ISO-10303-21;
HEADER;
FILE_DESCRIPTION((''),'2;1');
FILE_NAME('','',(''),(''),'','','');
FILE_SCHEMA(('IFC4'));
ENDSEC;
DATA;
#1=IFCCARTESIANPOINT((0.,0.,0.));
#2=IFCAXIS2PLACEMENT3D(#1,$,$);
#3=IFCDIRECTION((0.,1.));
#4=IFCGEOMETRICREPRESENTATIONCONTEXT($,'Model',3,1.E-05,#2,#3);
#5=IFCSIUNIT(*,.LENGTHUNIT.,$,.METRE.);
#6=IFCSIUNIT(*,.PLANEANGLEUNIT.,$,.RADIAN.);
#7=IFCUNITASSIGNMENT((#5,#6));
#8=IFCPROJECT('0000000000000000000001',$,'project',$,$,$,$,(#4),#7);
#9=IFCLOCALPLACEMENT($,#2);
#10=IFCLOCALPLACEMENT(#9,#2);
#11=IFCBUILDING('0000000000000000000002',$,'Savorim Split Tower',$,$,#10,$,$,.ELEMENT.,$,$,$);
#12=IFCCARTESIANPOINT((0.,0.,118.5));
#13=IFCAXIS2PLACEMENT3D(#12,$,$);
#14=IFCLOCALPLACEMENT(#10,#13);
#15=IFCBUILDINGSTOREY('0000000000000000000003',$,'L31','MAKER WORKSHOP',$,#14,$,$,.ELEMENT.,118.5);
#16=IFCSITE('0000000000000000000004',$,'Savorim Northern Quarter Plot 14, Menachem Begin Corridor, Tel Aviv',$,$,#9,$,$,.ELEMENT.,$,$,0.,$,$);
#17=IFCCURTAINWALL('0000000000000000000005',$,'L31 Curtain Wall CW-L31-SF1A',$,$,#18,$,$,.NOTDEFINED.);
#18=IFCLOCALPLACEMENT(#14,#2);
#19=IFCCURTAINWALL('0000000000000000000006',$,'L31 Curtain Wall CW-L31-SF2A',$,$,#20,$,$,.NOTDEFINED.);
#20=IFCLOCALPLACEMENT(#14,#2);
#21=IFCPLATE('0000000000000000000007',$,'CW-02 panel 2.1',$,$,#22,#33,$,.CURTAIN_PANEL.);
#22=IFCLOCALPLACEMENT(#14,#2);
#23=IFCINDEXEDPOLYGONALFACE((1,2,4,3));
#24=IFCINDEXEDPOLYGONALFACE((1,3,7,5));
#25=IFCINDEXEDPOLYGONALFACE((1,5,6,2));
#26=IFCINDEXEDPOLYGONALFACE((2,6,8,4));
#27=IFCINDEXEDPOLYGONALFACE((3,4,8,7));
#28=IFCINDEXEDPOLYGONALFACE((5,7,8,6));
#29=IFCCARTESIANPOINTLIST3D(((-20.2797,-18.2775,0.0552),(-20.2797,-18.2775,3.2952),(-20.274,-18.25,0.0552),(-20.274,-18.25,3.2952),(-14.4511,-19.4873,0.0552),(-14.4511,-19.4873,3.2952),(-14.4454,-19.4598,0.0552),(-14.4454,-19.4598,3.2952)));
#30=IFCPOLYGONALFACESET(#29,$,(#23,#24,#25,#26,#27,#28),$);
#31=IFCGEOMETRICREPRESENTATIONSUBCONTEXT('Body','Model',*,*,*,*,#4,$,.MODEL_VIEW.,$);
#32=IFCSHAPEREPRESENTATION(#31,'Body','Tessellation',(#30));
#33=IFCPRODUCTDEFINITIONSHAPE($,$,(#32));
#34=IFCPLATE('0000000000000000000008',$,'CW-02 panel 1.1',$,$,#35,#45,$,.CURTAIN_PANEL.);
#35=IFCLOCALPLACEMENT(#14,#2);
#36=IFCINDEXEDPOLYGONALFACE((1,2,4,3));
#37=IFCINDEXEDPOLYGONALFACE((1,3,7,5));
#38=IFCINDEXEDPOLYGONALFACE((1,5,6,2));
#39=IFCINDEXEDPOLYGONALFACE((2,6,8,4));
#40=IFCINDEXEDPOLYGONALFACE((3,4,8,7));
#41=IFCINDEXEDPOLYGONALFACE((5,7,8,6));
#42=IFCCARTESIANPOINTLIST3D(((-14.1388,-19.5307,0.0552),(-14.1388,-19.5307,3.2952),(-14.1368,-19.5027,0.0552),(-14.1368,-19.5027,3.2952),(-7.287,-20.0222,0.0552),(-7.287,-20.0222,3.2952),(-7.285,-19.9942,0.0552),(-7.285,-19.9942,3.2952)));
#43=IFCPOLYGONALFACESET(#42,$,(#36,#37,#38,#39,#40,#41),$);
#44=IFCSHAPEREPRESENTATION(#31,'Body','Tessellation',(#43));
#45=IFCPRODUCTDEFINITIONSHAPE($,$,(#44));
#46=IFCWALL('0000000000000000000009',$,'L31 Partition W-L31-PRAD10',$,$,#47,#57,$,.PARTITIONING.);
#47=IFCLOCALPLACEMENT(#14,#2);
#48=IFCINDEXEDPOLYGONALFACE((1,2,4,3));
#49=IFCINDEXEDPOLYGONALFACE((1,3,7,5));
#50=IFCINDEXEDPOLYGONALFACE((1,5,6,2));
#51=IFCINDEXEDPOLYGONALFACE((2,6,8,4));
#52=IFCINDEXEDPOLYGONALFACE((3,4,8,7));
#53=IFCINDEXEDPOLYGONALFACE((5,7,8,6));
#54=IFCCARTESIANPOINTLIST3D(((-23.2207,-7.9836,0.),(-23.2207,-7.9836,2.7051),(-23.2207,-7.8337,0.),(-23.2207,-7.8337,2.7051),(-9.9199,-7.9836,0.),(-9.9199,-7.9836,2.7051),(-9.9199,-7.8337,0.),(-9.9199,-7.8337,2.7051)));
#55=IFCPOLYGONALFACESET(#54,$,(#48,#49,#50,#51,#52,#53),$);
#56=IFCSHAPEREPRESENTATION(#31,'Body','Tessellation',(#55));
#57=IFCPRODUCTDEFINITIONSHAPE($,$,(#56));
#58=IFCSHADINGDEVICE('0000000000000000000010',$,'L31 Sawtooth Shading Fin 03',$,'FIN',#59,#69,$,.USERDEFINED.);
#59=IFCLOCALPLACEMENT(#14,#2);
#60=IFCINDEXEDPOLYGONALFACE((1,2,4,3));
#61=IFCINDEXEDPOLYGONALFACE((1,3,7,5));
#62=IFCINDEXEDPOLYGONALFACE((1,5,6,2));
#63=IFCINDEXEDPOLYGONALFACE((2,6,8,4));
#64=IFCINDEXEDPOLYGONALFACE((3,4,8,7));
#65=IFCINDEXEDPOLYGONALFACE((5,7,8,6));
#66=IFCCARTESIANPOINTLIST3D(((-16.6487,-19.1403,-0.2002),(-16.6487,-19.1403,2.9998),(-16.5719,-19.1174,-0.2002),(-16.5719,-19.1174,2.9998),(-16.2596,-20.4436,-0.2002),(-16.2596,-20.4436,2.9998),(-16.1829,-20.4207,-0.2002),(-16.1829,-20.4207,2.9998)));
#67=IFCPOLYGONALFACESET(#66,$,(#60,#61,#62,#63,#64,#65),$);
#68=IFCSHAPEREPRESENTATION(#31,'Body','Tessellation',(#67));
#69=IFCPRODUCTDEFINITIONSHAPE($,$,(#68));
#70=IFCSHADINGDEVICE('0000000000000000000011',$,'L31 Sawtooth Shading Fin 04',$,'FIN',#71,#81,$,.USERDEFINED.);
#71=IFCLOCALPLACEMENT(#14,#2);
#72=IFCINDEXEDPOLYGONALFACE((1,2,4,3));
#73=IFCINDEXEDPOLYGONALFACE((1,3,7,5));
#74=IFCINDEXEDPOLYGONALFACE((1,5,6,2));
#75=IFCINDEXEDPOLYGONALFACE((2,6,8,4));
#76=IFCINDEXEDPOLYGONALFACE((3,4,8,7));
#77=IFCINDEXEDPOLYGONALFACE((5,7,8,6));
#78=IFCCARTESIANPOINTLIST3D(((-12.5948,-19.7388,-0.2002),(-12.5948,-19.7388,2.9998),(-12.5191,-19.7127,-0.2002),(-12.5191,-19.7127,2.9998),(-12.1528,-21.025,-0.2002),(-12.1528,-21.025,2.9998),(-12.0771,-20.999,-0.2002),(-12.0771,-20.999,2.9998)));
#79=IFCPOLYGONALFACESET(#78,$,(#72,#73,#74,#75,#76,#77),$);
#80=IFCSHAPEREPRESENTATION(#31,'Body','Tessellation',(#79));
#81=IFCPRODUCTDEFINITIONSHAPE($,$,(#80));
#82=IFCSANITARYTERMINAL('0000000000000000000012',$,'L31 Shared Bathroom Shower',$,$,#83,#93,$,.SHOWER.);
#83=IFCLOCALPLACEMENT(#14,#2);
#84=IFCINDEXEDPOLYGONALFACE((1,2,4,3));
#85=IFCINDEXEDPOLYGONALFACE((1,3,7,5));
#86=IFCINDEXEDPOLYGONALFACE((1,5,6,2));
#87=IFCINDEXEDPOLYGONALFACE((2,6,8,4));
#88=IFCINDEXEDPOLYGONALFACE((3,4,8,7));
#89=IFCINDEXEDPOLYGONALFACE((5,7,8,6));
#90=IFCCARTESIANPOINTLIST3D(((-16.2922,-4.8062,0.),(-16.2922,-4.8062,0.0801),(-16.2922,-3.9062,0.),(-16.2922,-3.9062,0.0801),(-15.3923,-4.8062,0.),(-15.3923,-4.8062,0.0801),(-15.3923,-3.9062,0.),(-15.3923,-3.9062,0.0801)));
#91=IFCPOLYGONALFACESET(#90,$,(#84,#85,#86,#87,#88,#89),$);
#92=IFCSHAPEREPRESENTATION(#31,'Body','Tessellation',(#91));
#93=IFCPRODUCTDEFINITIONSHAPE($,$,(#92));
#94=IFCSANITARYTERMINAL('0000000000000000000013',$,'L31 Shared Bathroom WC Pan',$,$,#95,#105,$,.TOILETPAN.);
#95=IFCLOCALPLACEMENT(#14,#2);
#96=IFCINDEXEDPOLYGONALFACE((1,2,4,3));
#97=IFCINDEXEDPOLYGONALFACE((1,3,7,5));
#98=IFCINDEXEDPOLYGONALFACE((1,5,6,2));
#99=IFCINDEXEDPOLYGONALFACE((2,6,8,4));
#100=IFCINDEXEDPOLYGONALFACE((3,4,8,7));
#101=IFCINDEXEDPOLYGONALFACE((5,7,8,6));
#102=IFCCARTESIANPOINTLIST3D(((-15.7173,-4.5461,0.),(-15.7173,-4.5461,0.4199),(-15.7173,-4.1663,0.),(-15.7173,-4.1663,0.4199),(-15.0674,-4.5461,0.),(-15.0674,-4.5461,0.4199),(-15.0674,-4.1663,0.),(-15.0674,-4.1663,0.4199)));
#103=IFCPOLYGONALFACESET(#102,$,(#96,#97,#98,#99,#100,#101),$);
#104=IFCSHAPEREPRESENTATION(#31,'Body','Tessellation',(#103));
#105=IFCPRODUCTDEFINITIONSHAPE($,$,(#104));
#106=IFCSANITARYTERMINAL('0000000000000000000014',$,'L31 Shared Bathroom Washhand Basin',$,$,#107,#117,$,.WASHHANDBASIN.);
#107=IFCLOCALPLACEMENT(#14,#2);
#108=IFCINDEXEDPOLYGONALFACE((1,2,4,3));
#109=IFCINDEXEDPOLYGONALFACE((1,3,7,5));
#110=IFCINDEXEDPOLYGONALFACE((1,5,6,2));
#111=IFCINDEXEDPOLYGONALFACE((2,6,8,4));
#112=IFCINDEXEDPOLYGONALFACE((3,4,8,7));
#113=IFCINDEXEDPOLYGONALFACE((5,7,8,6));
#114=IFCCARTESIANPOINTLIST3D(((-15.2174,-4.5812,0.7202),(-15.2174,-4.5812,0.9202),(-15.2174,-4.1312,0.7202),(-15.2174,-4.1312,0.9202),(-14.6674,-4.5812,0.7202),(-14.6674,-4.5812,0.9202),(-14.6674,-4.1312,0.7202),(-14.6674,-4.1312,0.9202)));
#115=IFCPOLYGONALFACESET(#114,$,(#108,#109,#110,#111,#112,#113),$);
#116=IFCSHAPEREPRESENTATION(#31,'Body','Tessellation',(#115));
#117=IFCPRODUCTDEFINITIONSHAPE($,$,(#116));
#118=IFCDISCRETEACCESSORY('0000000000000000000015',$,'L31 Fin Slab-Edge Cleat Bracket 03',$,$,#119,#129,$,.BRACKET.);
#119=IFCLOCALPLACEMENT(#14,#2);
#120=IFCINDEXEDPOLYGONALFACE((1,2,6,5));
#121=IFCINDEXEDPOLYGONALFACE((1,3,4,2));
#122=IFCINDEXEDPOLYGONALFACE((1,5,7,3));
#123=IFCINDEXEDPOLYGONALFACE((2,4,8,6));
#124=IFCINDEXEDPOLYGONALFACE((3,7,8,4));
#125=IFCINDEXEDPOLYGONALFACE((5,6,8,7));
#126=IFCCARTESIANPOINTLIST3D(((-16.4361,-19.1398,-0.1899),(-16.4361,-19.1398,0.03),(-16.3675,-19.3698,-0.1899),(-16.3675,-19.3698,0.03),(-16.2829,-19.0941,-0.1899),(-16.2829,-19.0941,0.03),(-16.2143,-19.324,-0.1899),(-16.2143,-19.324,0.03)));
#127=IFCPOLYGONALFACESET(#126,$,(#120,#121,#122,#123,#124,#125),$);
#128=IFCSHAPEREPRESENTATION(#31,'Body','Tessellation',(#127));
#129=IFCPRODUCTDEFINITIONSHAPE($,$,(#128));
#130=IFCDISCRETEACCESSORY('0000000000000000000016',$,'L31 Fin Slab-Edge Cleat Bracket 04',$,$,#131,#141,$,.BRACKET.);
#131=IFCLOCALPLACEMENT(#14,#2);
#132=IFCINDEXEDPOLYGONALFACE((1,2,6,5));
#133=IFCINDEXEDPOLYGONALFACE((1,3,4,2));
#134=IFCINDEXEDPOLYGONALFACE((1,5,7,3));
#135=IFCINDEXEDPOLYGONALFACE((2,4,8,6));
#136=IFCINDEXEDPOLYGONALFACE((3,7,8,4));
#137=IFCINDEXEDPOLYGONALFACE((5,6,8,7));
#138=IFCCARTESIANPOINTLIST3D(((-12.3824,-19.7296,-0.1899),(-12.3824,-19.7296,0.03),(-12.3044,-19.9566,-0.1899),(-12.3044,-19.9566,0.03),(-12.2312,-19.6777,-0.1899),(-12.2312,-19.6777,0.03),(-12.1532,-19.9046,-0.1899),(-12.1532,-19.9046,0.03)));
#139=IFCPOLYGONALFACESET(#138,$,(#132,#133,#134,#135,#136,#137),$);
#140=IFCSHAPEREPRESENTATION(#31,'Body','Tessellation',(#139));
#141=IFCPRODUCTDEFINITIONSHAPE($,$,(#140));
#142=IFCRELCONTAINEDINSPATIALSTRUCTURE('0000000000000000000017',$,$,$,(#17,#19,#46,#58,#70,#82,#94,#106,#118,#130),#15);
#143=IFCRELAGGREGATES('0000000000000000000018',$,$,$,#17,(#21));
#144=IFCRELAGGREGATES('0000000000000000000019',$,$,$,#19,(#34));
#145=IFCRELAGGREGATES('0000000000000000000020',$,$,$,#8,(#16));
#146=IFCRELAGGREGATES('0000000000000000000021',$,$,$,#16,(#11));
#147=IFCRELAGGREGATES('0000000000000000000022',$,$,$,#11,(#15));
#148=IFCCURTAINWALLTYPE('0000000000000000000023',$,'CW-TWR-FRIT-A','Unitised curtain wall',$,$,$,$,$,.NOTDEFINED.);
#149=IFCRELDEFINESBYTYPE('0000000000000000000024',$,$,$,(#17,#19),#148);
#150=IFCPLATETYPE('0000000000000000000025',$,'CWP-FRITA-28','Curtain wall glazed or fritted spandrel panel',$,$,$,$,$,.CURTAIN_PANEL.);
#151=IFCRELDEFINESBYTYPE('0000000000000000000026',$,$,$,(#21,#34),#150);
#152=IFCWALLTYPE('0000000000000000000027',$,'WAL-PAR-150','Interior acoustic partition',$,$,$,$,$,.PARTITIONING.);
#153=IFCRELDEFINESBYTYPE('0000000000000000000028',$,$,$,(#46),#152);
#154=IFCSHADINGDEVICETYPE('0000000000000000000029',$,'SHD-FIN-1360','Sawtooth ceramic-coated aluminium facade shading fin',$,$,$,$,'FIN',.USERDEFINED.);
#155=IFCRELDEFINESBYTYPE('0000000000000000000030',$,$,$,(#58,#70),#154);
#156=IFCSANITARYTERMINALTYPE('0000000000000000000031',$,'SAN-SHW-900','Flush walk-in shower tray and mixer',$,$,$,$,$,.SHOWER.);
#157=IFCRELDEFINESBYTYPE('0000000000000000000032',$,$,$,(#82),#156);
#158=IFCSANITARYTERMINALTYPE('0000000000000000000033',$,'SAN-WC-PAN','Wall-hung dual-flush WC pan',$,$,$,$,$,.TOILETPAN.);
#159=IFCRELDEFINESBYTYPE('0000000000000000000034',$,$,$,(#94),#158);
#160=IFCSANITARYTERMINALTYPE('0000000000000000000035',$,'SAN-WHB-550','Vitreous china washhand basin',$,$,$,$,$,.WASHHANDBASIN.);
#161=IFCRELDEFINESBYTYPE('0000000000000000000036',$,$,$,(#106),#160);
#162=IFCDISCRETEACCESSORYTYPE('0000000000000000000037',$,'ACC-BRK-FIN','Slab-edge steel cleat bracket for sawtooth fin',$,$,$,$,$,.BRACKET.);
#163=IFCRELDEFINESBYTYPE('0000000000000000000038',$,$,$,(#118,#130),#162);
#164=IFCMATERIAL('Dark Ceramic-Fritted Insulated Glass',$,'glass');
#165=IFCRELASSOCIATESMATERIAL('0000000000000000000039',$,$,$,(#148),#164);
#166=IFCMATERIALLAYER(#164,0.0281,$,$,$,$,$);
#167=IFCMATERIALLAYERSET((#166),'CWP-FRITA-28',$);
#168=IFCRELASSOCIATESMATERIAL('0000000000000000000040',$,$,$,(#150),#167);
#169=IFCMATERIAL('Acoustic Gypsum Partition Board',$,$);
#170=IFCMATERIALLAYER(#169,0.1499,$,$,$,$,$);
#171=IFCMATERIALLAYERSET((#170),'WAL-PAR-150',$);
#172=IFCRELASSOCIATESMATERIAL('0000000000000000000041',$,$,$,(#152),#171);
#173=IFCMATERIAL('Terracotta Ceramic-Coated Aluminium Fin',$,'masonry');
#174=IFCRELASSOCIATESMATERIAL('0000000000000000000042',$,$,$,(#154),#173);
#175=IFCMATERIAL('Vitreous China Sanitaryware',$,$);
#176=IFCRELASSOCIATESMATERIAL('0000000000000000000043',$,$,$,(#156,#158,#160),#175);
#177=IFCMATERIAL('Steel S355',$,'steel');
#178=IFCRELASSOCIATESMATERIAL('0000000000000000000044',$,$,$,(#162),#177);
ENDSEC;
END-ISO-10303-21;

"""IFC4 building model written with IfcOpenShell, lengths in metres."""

from ifc_helpers import new_model, si_unit, direction, frame, frame_2d, origin, origin_2d, place, context, subcontext, project, spatial, rectangle, extrude, material, layer, layer_set, type_object, element, aggregate, save


model = new_model("IFC4")

# Units and contexts
model_context = context("Model", 3, precision=1e-05, world=origin(), true_north=direction((0.0, 1.0)))
body_context = subcontext(model_context, "Body", "Model", "MODEL_VIEW")
ifc_project = project(units=[si_unit("LENGTHUNIT", "METRE"), si_unit("PLANEANGLEUNIT", "RADIAN")], contexts=[model_context])

# Site, building, storey
site_placement = place(None, origin())
site = spatial("IfcSite", under=ifc_project, at=site_placement, Name="Savorim Northern Quarter Plot 14, Menachem Begin Corridor, Tel Aviv", CompositionType="ELEMENT", RefElevation=0.0)
building_placement = place(site_placement, origin())
building = spatial("IfcBuilding", under=site, at=building_placement, Name="Savorim Split Tower", CompositionType="ELEMENT")
storey_placement = place(building_placement, frame((0.0, 0.0, 118.5)))
storey = spatial("IfcBuildingStorey", under=building, at=storey_placement, Name="L31", Description="MAKER WORKSHOP", CompositionType="ELEMENT", Elevation=118.5)

# Shared definitions
ifc_material_1 = material(Name="Steel S355", Category="steel")

# Curtain walls
ifc_material_2 = material(Name="Dark Ceramic-Fritted Insulated Glass", Category="glass")
curtain_wall_type = type_object("IfcCurtainWallType", Name="CW-TWR-FRIT-A", Description="Unitised curtain wall", PredefinedType="NOTDEFINED", material=ifc_material_2)
curtain_wall_1_placement = place(storey_placement, origin())
curtain_wall_1 = element("IfcCurtainWall", 1, at=curtain_wall_1_placement, inside=storey, type_object=curtain_wall_type, Name="L31 Curtain Wall CW-L31-SF1A", PredefinedType="NOTDEFINED")
curtain_wall_2_placement = place(storey_placement, origin())
curtain_wall_2 = element("IfcCurtainWall", 2, at=curtain_wall_2_placement, inside=storey, type_object=curtain_wall_type, Name="L31 Curtain Wall CW-L31-SF2A", PredefinedType="NOTDEFINED")

# Plates
ifc_layer_1 = layer(ifc_material_2, 0.0281)
ifc_layer_set_1 = layer_set([ifc_layer_1], Name="CWP-FRITA-28")
plate_type = type_object("IfcPlateType", Name="CWP-FRITA-28", Description="Curtain wall glazed or fritted spandrel panel", PredefinedType="CURTAIN_PANEL", material=ifc_layer_set_1)
plate_1_placement = place(storey_placement, frame((-17.3625, -18.8687, 0.0552), z_axis=(0.0, 0.0, 1.0), x_axis=(0.979134, -0.203216, 0.0)))
plate_1 = element("IfcPlate", 3, at=plate_1_placement, type_object=plate_type, Name="CW-02 panel 2.1", PredefinedType="CURTAIN_PANEL", context=body_context, shape_type="SweptSolid", body=[
    extrude(rectangle(XDim=5.9529, YDim=0.0281, at=origin_2d()), origin(), (0.0, 0.0, 1.0), 3.24),
])
aggregate(curtain_wall_1, [plate_1])
plate_2_placement = place(storey_placement, frame((-10.7119, -19.7625, 0.0552), z_axis=(0.0, 0.0, 1.0), x_axis=(0.997437, -0.071549, 0.0)))
plate_2 = element("IfcPlate", 4, at=plate_2_placement, type_object=plate_type, Name="CW-02 panel 1.1", PredefinedType="CURTAIN_PANEL", context=body_context, shape_type="SweptSolid", body=[
    extrude(rectangle(XDim=6.8694, YDim=0.0281, at=origin_2d()), origin(), (0.0, 0.0, 1.0), 3.24),
])
aggregate(curtain_wall_2, [plate_2])

# Wall
ifc_material_3 = material(Name="Acoustic Gypsum Partition Board")
ifc_layer_2 = layer(ifc_material_3, 0.1499)
ifc_layer_set_2 = layer_set([ifc_layer_2], Name="WAL-PAR-150")
wall_type = type_object("IfcWallType", Name="WAL-PAR-150", Description="Interior acoustic partition", PredefinedType="PARTITIONING", material=ifc_layer_set_2)
wall_placement = place(storey_placement, frame((-9.9199, -7.9087, 0.0), z_axis=(0.0, 0.0, 1.0), x_axis=(-1.0, 0.0, 0.0)))
element("IfcWall", 5, at=wall_placement, inside=storey, type_object=wall_type, Name="L31 Partition W-L31-PRAD10", PredefinedType="PARTITIONING", context=body_context, shape_type="SweptSolid", body=[
    extrude(rectangle(XDim=13.3008, YDim=0.1499, at=frame_2d((6.6504, 0.0))), origin(), (0.0, 0.0, 1.0), 2.7051),
])

# Shading devices
ifc_material_4 = material(Name="Terracotta Ceramic-Coated Aluminium Fin", Category="masonry")
shading_device_type = type_object("IfcShadingDeviceType", Name="SHD-FIN-1360", Description="Sawtooth ceramic-coated aluminium facade shading fin", ElementType="FIN", PredefinedType="USERDEFINED", material=ifc_material_4)
for number, where, z_axis, x_axis, name in (
    (6, (-16.4158, -19.7805, -0.2002), (0.0, 0.0, 1.0), (0.286026, -0.958222, 0.0), "L31 Sawtooth Shading Fin 03"),
    (7, (-12.3359, -20.3689, -0.2002), (0.0, 0.0, 1.0), (0.324994, -0.945716, 0.0), "L31 Sawtooth Shading Fin 04"),
):
    element("IfcShadingDevice", number, at=place(storey_placement, frame(where, z_axis=z_axis, x_axis=x_axis)), inside=storey, type_object=shading_device_type, Name=name, ObjectType="FIN", PredefinedType="USERDEFINED", context=body_context, shape_type="SweptSolid", body=[
        extrude(rectangle(XDim=1.3601, YDim=0.0801, at=origin_2d()), origin(), (0.0, 0.0, 1.0), 3.2),
    ])

# Sanitary terminals
ifc_material_5 = material(Name="Vitreous China Sanitaryware")
sanitary_terminal_type_1 = type_object("IfcSanitaryTerminalType", Name="SAN-SHW-900", Description="Flush walk-in shower tray and mixer", PredefinedType="SHOWER", material=ifc_material_5)
sanitary_terminal_1_placement = place(storey_placement, frame((-15.8423, -4.3562, 0.0), z_axis=(0.0, 0.0, 1.0), x_axis=(1.0, 0.0, 0.0)))
element("IfcSanitaryTerminal", 8, at=sanitary_terminal_1_placement, inside=storey, type_object=sanitary_terminal_type_1, Name="L31 Shared Bathroom Shower", PredefinedType="SHOWER", context=body_context, shape_type="SweptSolid", body=[
    extrude(rectangle(XDim=0.8999, YDim=0.8999, at=origin_2d()), origin(), (0.0, 0.0, 1.0), 0.0801),
])
sanitary_terminal_type_2 = type_object("IfcSanitaryTerminalType", Name="SAN-WC-PAN", Description="Wall-hung dual-flush WC pan", PredefinedType="TOILETPAN", material=ifc_material_5)
sanitary_terminal_2_placement = place(storey_placement, frame((-15.3923, -4.3562, 0.0), z_axis=(0.0, 0.0, 1.0), x_axis=(1.0, 0.0, 0.0)))
element("IfcSanitaryTerminal", 9, at=sanitary_terminal_2_placement, inside=storey, type_object=sanitary_terminal_type_2, Name="L31 Shared Bathroom WC Pan", PredefinedType="TOILETPAN", context=body_context, shape_type="SweptSolid", body=[
    extrude(rectangle(XDim=0.6499, YDim=0.3799, at=origin_2d()), origin(), (0.0, 0.0, 1.0), 0.4199),
])
sanitary_terminal_type_3 = type_object("IfcSanitaryTerminalType", Name="SAN-WHB-550", Description="Vitreous china washhand basin", PredefinedType="WASHHANDBASIN", material=ifc_material_5)
sanitary_terminal_3_placement = place(storey_placement, frame((-14.9424, -4.3562, 0.7202), z_axis=(0.0, 0.0, 1.0), x_axis=(1.0, 0.0, 0.0)))
element("IfcSanitaryTerminal", 10, at=sanitary_terminal_3_placement, inside=storey, type_object=sanitary_terminal_type_3, Name="L31 Shared Bathroom Washhand Basin", PredefinedType="WASHHANDBASIN", context=body_context, shape_type="SweptSolid", body=[
    extrude(rectangle(XDim=0.55, YDim=0.45, at=origin_2d()), origin(), (0.0, 0.0, 1.0), 0.2),
])

# Discrete accessories
discrete_accessory_type = type_object("IfcDiscreteAccessoryType", Name="ACC-BRK-FIN", Description="Slab-edge steel cleat bracket for sawtooth fin", PredefinedType="BRACKET", material=ifc_material_1)
for number, where, z_axis, x_axis, name in (
    (11, (-16.3252, -19.2319, -0.1899), (0.0, 0.0, 1.0), (0.286026, -0.958222, 0.0), "L31 Fin Slab-Edge Cleat Bracket 03"),
    (12, (-12.2678, -19.8171, -0.1899), (0.0, 0.0, 1.0), (0.324994, -0.945716, 0.0), "L31 Fin Slab-Edge Cleat Bracket 04"),
):
    element("IfcDiscreteAccessory", number, at=place(storey_placement, frame(where, z_axis=z_axis, x_axis=x_axis)), inside=storey, type_object=discrete_accessory_type, Name=name, PredefinedType="BRACKET", context=body_context, shape_type="SweptSolid", body=[
        extrude(rectangle(XDim=0.24, YDim=0.1599, at=origin_2d()), origin(), (0.0, 0.0, 1.0), 0.22),
    ])

save(model, "model.ifc")
